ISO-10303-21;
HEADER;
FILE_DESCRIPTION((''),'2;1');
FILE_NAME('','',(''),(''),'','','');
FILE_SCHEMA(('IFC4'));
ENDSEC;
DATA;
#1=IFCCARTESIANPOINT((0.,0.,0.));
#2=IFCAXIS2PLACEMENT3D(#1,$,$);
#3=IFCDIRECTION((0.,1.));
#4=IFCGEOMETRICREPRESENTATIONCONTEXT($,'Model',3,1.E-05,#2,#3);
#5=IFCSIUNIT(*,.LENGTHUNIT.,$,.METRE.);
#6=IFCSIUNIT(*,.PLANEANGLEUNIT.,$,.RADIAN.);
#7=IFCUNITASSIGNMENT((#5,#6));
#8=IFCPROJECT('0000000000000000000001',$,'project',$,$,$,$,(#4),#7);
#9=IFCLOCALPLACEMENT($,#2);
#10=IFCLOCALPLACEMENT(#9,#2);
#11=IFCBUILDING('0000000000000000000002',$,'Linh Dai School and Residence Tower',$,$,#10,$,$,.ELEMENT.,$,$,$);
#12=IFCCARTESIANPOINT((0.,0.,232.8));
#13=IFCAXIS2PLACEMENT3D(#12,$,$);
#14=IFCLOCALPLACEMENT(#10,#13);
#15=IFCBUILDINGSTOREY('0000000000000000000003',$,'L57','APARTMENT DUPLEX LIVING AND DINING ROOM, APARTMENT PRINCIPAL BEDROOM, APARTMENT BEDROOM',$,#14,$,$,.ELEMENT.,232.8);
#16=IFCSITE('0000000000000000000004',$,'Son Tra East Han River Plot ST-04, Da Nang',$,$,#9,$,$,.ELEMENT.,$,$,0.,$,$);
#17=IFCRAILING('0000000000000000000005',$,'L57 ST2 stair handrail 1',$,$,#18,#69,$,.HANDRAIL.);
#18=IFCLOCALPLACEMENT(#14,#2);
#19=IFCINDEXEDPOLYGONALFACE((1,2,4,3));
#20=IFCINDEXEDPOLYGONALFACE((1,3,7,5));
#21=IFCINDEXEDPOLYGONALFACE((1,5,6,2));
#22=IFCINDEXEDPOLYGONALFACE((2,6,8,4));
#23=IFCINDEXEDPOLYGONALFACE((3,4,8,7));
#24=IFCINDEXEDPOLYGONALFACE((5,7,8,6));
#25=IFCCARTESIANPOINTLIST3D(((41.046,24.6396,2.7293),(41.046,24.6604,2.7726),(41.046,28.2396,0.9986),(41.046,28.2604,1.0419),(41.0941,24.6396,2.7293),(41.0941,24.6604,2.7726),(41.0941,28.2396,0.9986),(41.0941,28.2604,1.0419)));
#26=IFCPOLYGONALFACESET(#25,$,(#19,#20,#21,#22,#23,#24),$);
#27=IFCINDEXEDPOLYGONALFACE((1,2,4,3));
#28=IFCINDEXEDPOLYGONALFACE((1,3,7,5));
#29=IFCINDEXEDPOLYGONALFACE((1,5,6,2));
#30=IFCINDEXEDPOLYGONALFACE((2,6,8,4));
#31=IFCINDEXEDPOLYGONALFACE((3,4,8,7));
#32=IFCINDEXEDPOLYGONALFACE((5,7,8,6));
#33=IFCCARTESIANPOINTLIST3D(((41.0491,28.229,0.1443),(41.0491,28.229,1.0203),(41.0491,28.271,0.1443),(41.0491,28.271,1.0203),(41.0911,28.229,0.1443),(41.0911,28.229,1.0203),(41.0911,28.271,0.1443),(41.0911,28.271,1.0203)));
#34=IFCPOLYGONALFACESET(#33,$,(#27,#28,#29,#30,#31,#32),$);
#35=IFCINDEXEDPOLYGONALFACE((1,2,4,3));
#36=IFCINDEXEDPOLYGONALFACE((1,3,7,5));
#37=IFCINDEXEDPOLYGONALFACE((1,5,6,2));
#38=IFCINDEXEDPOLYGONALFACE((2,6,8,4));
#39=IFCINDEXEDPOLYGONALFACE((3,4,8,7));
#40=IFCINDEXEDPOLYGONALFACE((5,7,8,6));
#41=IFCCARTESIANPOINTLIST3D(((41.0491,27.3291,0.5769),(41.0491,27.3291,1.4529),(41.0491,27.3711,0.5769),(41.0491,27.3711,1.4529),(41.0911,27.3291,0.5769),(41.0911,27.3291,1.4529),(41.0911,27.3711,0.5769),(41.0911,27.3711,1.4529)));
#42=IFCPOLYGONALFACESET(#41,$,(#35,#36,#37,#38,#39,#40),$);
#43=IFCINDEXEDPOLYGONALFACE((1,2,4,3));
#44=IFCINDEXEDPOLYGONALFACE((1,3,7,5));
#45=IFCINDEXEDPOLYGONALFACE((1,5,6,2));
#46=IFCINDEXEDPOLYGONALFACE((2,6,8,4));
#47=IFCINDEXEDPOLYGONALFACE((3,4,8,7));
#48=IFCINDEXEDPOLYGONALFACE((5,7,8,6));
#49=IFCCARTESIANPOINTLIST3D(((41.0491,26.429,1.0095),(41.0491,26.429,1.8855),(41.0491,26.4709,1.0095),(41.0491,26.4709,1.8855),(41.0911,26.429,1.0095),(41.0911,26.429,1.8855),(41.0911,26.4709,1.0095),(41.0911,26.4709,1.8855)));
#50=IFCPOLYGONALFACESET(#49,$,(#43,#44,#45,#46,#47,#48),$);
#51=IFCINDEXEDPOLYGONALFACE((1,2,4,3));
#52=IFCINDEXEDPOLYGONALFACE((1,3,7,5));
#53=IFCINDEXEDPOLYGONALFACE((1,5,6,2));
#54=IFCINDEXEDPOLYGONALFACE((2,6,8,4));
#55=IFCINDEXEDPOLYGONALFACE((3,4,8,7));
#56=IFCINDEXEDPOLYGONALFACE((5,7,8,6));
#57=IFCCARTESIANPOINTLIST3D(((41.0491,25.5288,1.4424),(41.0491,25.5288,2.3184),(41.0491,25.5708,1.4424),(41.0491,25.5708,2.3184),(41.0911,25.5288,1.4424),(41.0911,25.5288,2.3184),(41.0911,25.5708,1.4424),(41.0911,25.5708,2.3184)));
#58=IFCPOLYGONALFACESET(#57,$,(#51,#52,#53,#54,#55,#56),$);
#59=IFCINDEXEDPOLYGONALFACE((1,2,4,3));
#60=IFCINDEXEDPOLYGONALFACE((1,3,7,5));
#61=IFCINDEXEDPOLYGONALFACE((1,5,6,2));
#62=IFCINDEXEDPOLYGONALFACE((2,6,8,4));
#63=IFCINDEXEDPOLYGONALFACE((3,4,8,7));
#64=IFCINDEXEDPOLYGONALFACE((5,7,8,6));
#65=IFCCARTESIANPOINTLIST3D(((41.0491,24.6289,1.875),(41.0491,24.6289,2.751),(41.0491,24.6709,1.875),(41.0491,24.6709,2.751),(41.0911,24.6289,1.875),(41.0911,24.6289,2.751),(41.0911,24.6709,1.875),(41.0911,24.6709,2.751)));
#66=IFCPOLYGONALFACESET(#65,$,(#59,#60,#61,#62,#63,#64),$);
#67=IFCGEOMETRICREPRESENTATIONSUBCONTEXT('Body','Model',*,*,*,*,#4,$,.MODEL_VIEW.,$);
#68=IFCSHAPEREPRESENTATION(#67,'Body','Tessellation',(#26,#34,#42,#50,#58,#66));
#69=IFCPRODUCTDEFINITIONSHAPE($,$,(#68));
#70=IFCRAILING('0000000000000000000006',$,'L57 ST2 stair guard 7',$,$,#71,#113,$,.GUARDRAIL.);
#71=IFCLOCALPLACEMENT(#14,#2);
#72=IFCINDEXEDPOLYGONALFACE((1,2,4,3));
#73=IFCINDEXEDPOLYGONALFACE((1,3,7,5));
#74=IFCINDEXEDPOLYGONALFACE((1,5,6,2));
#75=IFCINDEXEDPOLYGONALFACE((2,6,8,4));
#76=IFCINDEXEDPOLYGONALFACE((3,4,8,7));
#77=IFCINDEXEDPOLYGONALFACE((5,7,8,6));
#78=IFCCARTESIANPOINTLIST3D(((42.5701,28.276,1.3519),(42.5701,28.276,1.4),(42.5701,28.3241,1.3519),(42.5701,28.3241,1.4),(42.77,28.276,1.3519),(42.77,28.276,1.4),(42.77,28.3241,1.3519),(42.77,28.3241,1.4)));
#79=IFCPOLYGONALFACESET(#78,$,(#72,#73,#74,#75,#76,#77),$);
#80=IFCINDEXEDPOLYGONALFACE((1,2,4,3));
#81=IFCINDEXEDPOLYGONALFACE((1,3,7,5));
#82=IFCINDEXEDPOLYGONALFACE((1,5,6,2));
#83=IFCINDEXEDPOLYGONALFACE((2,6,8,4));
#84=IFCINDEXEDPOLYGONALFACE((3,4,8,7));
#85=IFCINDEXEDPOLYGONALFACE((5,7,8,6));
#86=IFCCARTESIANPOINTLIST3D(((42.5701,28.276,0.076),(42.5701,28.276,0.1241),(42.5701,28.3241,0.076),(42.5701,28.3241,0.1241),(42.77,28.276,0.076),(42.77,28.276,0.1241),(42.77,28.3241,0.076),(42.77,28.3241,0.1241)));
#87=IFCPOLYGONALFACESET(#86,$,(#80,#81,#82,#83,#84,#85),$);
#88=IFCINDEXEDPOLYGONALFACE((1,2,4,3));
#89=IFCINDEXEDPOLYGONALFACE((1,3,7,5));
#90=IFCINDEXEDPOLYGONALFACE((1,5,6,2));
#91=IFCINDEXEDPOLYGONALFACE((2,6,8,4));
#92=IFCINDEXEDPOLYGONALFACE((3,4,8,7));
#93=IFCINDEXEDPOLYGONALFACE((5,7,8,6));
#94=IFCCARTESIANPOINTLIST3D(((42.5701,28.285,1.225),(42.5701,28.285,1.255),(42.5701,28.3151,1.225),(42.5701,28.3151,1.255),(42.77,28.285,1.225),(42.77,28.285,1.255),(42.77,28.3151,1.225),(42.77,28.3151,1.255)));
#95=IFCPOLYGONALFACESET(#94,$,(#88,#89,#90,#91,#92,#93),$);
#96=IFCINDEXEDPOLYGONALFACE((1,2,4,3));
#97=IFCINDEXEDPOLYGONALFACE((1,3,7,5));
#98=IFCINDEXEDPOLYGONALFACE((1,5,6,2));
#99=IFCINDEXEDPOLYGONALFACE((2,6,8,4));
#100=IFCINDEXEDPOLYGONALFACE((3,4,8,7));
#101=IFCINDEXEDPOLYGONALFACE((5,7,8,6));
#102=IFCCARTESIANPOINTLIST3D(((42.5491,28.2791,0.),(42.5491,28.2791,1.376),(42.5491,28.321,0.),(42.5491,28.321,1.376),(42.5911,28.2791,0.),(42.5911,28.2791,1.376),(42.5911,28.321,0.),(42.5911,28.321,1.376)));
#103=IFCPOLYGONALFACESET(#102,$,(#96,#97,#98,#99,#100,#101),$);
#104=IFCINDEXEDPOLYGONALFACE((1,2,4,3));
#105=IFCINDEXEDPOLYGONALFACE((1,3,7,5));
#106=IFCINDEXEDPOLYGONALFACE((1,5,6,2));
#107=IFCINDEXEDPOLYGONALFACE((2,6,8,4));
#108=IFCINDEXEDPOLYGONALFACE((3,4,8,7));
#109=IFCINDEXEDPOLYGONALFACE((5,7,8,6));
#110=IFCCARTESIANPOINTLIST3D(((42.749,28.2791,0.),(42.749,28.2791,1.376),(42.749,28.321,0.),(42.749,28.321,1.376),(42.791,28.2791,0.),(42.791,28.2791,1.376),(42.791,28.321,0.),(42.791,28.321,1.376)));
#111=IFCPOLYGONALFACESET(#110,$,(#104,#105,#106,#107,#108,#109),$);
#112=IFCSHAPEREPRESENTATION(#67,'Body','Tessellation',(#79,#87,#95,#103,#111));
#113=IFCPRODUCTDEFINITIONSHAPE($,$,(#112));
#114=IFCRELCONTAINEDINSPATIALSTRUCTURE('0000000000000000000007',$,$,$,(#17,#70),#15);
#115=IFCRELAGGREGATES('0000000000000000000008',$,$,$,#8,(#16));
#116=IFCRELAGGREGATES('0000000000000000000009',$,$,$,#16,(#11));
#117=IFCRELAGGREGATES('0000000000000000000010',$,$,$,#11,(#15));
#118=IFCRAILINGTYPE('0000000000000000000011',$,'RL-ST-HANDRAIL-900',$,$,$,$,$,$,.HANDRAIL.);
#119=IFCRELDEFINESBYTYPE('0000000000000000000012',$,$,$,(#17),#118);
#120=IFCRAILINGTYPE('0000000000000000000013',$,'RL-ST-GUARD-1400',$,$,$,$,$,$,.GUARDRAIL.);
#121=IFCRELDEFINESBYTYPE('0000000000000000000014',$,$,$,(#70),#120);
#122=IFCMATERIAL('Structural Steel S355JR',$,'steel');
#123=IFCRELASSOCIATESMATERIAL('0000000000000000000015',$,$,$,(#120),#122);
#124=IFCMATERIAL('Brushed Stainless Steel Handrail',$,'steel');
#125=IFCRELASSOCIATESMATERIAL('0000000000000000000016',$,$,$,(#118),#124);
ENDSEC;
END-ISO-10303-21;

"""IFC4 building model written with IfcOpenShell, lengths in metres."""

from ifc_helpers import new_model, si_unit, direction, frame, origin, origin_2d, place, context, subcontext, project, spatial, rectangle, extrude, source, transform, mapped, material, type_object, element, save


model = new_model("IFC4")

# Units and contexts
model_context = context("Model", 3, precision=1e-05, world=origin(), true_north=direction((0.0, 1.0)))
body_context = subcontext(model_context, "Body", "Model", "MODEL_VIEW")
ifc_project = project(units=[si_unit("LENGTHUNIT", "METRE"), si_unit("PLANEANGLEUNIT", "RADIAN")], contexts=[model_context])

# Site, building, storey
site_placement = place(None, origin())
site = spatial("IfcSite", under=ifc_project, at=site_placement, Name="Son Tra East Han River Plot ST-04, Da Nang", CompositionType="ELEMENT", RefElevation=0.0)
building_placement = place(site_placement, origin())
building = spatial("IfcBuilding", under=site, at=building_placement, Name="Linh Dai School and Residence Tower", CompositionType="ELEMENT")
storey_placement = place(building_placement, frame((0.0, 0.0, 232.8)))
storey = spatial("IfcBuildingStorey", under=building, at=storey_placement, Name="L57", Description="APARTMENT DUPLEX LIVING AND DINING ROOM, APARTMENT PRINCIPAL BEDROOM, APARTMENT BEDROOM", CompositionType="ELEMENT", Elevation=232.8)

# Shared definitions
ifc_material_1 = material(Name="Structural Steel S355JR", Category="steel")

# Railings
railing_type_1 = type_object("IfcRailingType", Name="RL-ST-GUARD-1400", PredefinedType="GUARDRAIL", material=ifc_material_1)
ifc_material_2 = material(Name="Brushed Stainless Steel Handrail", Category="steel")
railing_type_2 = type_object("IfcRailingType", Name="RL-ST-HANDRAIL-900", PredefinedType="HANDRAIL", material=ifc_material_2)
shared_shape_1 = source(origin(), body_context, "Body", "SweptSolid", [
    extrude(rectangle(XDim=0.0481, YDim=0.0481, at=origin_2d()), frame((0.0, 0.0, 0.876), z_axis=(0.0, -0.901263, 0.433273), x_axis=(1.0, 0.0, 0.0)), (0.0, 0.0, 1.0), 3.9944),
    extrude(rectangle(XDim=0.042, YDim=0.042, at=origin_2d()), origin(), (0.0, 0.0, 1.0), 0.876),
    extrude(rectangle(XDim=0.042, YDim=0.042, at=origin_2d()), frame((0.0, -0.8999, 0.4326)), (0.0, 0.0, 1.0), 0.876),
    extrude(rectangle(XDim=0.042, YDim=0.042, at=origin_2d()), frame((0.0, -1.8, 0.8652)), (0.0, 0.0, 1.0), 0.876),
    extrude(rectangle(XDim=0.042, YDim=0.042, at=origin_2d()), frame((0.0, -2.7002, 1.2981)), (0.0, 0.0, 1.0), 0.876),
    extrude(rectangle(XDim=0.042, YDim=0.042, at=origin_2d()), frame((0.0, -3.6001, 1.7307)), (0.0, 0.0, 1.0), 0.876),
])
railing_1_placement = place(storey_placement, frame((41.0701, 28.25, 0.1443)))
element("IfcRailing", 1, at=railing_1_placement, inside=storey, type_object=railing_type_2, Name="L57 ST2 stair handrail 1", PredefinedType="HANDRAIL", context=body_context, shape_type="MappedRepresentation", body=[
    mapped(shared_shape_1, transform((0.0, 0.0, 0.0), x_axis=(1.0, 0.0, 0.0), y_axis=(0.0, 1.0, 0.0), z_axis=(0.0, 0.0, 1.0), scale=1.0)),
])
shared_shape_2 = source(origin(), body_context, "Body", "SweptSolid", [
    extrude(rectangle(XDim=0.0481, YDim=0.0481, at=origin_2d()), frame((0.0, 0.0, 1.376), z_axis=(1.0, 0.0, 0.0), x_axis=(0.0, 1.0, 0.0)), (0.0, 0.0, 1.0), 0.2),
    extrude(rectangle(XDim=0.0481, YDim=0.0481, at=origin_2d()), frame((0.0, 0.0, 0.1001), z_axis=(1.0, 0.0, 0.0), x_axis=(0.0, 1.0, 0.0)), (0.0, 0.0, 1.0), 0.2),
    extrude(rectangle(XDim=0.03, YDim=0.03, at=origin_2d()), frame((0.0, 0.0, 1.24), z_axis=(1.0, 0.0, 0.0), x_axis=(0.0, 1.0, 0.0)), (0.0, 0.0, 1.0), 0.2),
    extrude(rectangle(XDim=0.042, YDim=0.042, at=origin_2d()), origin(), (0.0, 0.0, 1.0), 1.376),
    extrude(rectangle(XDim=0.042, YDim=0.042, at=origin_2d()), frame((0.2, 0.0, 0.0)), (0.0, 0.0, 1.0), 1.376),
])
railing_2_placement = place(storey_placement, frame((42.5701, 28.3, 0.0)))
element("IfcRailing", 2, at=railing_2_placement, inside=storey, type_object=railing_type_1, Name="L57 ST2 stair guard 7", PredefinedType="GUARDRAIL", context=body_context, shape_type="MappedRepresentation", body=[
    mapped(shared_shape_2, transform((0.0, 0.0, 0.0), x_axis=(1.0, 0.0, 0.0), y_axis=(0.0, 1.0, 0.0), z_axis=(0.0, 0.0, 1.0), scale=1.0)),
])

save(model, "model.ifc")
